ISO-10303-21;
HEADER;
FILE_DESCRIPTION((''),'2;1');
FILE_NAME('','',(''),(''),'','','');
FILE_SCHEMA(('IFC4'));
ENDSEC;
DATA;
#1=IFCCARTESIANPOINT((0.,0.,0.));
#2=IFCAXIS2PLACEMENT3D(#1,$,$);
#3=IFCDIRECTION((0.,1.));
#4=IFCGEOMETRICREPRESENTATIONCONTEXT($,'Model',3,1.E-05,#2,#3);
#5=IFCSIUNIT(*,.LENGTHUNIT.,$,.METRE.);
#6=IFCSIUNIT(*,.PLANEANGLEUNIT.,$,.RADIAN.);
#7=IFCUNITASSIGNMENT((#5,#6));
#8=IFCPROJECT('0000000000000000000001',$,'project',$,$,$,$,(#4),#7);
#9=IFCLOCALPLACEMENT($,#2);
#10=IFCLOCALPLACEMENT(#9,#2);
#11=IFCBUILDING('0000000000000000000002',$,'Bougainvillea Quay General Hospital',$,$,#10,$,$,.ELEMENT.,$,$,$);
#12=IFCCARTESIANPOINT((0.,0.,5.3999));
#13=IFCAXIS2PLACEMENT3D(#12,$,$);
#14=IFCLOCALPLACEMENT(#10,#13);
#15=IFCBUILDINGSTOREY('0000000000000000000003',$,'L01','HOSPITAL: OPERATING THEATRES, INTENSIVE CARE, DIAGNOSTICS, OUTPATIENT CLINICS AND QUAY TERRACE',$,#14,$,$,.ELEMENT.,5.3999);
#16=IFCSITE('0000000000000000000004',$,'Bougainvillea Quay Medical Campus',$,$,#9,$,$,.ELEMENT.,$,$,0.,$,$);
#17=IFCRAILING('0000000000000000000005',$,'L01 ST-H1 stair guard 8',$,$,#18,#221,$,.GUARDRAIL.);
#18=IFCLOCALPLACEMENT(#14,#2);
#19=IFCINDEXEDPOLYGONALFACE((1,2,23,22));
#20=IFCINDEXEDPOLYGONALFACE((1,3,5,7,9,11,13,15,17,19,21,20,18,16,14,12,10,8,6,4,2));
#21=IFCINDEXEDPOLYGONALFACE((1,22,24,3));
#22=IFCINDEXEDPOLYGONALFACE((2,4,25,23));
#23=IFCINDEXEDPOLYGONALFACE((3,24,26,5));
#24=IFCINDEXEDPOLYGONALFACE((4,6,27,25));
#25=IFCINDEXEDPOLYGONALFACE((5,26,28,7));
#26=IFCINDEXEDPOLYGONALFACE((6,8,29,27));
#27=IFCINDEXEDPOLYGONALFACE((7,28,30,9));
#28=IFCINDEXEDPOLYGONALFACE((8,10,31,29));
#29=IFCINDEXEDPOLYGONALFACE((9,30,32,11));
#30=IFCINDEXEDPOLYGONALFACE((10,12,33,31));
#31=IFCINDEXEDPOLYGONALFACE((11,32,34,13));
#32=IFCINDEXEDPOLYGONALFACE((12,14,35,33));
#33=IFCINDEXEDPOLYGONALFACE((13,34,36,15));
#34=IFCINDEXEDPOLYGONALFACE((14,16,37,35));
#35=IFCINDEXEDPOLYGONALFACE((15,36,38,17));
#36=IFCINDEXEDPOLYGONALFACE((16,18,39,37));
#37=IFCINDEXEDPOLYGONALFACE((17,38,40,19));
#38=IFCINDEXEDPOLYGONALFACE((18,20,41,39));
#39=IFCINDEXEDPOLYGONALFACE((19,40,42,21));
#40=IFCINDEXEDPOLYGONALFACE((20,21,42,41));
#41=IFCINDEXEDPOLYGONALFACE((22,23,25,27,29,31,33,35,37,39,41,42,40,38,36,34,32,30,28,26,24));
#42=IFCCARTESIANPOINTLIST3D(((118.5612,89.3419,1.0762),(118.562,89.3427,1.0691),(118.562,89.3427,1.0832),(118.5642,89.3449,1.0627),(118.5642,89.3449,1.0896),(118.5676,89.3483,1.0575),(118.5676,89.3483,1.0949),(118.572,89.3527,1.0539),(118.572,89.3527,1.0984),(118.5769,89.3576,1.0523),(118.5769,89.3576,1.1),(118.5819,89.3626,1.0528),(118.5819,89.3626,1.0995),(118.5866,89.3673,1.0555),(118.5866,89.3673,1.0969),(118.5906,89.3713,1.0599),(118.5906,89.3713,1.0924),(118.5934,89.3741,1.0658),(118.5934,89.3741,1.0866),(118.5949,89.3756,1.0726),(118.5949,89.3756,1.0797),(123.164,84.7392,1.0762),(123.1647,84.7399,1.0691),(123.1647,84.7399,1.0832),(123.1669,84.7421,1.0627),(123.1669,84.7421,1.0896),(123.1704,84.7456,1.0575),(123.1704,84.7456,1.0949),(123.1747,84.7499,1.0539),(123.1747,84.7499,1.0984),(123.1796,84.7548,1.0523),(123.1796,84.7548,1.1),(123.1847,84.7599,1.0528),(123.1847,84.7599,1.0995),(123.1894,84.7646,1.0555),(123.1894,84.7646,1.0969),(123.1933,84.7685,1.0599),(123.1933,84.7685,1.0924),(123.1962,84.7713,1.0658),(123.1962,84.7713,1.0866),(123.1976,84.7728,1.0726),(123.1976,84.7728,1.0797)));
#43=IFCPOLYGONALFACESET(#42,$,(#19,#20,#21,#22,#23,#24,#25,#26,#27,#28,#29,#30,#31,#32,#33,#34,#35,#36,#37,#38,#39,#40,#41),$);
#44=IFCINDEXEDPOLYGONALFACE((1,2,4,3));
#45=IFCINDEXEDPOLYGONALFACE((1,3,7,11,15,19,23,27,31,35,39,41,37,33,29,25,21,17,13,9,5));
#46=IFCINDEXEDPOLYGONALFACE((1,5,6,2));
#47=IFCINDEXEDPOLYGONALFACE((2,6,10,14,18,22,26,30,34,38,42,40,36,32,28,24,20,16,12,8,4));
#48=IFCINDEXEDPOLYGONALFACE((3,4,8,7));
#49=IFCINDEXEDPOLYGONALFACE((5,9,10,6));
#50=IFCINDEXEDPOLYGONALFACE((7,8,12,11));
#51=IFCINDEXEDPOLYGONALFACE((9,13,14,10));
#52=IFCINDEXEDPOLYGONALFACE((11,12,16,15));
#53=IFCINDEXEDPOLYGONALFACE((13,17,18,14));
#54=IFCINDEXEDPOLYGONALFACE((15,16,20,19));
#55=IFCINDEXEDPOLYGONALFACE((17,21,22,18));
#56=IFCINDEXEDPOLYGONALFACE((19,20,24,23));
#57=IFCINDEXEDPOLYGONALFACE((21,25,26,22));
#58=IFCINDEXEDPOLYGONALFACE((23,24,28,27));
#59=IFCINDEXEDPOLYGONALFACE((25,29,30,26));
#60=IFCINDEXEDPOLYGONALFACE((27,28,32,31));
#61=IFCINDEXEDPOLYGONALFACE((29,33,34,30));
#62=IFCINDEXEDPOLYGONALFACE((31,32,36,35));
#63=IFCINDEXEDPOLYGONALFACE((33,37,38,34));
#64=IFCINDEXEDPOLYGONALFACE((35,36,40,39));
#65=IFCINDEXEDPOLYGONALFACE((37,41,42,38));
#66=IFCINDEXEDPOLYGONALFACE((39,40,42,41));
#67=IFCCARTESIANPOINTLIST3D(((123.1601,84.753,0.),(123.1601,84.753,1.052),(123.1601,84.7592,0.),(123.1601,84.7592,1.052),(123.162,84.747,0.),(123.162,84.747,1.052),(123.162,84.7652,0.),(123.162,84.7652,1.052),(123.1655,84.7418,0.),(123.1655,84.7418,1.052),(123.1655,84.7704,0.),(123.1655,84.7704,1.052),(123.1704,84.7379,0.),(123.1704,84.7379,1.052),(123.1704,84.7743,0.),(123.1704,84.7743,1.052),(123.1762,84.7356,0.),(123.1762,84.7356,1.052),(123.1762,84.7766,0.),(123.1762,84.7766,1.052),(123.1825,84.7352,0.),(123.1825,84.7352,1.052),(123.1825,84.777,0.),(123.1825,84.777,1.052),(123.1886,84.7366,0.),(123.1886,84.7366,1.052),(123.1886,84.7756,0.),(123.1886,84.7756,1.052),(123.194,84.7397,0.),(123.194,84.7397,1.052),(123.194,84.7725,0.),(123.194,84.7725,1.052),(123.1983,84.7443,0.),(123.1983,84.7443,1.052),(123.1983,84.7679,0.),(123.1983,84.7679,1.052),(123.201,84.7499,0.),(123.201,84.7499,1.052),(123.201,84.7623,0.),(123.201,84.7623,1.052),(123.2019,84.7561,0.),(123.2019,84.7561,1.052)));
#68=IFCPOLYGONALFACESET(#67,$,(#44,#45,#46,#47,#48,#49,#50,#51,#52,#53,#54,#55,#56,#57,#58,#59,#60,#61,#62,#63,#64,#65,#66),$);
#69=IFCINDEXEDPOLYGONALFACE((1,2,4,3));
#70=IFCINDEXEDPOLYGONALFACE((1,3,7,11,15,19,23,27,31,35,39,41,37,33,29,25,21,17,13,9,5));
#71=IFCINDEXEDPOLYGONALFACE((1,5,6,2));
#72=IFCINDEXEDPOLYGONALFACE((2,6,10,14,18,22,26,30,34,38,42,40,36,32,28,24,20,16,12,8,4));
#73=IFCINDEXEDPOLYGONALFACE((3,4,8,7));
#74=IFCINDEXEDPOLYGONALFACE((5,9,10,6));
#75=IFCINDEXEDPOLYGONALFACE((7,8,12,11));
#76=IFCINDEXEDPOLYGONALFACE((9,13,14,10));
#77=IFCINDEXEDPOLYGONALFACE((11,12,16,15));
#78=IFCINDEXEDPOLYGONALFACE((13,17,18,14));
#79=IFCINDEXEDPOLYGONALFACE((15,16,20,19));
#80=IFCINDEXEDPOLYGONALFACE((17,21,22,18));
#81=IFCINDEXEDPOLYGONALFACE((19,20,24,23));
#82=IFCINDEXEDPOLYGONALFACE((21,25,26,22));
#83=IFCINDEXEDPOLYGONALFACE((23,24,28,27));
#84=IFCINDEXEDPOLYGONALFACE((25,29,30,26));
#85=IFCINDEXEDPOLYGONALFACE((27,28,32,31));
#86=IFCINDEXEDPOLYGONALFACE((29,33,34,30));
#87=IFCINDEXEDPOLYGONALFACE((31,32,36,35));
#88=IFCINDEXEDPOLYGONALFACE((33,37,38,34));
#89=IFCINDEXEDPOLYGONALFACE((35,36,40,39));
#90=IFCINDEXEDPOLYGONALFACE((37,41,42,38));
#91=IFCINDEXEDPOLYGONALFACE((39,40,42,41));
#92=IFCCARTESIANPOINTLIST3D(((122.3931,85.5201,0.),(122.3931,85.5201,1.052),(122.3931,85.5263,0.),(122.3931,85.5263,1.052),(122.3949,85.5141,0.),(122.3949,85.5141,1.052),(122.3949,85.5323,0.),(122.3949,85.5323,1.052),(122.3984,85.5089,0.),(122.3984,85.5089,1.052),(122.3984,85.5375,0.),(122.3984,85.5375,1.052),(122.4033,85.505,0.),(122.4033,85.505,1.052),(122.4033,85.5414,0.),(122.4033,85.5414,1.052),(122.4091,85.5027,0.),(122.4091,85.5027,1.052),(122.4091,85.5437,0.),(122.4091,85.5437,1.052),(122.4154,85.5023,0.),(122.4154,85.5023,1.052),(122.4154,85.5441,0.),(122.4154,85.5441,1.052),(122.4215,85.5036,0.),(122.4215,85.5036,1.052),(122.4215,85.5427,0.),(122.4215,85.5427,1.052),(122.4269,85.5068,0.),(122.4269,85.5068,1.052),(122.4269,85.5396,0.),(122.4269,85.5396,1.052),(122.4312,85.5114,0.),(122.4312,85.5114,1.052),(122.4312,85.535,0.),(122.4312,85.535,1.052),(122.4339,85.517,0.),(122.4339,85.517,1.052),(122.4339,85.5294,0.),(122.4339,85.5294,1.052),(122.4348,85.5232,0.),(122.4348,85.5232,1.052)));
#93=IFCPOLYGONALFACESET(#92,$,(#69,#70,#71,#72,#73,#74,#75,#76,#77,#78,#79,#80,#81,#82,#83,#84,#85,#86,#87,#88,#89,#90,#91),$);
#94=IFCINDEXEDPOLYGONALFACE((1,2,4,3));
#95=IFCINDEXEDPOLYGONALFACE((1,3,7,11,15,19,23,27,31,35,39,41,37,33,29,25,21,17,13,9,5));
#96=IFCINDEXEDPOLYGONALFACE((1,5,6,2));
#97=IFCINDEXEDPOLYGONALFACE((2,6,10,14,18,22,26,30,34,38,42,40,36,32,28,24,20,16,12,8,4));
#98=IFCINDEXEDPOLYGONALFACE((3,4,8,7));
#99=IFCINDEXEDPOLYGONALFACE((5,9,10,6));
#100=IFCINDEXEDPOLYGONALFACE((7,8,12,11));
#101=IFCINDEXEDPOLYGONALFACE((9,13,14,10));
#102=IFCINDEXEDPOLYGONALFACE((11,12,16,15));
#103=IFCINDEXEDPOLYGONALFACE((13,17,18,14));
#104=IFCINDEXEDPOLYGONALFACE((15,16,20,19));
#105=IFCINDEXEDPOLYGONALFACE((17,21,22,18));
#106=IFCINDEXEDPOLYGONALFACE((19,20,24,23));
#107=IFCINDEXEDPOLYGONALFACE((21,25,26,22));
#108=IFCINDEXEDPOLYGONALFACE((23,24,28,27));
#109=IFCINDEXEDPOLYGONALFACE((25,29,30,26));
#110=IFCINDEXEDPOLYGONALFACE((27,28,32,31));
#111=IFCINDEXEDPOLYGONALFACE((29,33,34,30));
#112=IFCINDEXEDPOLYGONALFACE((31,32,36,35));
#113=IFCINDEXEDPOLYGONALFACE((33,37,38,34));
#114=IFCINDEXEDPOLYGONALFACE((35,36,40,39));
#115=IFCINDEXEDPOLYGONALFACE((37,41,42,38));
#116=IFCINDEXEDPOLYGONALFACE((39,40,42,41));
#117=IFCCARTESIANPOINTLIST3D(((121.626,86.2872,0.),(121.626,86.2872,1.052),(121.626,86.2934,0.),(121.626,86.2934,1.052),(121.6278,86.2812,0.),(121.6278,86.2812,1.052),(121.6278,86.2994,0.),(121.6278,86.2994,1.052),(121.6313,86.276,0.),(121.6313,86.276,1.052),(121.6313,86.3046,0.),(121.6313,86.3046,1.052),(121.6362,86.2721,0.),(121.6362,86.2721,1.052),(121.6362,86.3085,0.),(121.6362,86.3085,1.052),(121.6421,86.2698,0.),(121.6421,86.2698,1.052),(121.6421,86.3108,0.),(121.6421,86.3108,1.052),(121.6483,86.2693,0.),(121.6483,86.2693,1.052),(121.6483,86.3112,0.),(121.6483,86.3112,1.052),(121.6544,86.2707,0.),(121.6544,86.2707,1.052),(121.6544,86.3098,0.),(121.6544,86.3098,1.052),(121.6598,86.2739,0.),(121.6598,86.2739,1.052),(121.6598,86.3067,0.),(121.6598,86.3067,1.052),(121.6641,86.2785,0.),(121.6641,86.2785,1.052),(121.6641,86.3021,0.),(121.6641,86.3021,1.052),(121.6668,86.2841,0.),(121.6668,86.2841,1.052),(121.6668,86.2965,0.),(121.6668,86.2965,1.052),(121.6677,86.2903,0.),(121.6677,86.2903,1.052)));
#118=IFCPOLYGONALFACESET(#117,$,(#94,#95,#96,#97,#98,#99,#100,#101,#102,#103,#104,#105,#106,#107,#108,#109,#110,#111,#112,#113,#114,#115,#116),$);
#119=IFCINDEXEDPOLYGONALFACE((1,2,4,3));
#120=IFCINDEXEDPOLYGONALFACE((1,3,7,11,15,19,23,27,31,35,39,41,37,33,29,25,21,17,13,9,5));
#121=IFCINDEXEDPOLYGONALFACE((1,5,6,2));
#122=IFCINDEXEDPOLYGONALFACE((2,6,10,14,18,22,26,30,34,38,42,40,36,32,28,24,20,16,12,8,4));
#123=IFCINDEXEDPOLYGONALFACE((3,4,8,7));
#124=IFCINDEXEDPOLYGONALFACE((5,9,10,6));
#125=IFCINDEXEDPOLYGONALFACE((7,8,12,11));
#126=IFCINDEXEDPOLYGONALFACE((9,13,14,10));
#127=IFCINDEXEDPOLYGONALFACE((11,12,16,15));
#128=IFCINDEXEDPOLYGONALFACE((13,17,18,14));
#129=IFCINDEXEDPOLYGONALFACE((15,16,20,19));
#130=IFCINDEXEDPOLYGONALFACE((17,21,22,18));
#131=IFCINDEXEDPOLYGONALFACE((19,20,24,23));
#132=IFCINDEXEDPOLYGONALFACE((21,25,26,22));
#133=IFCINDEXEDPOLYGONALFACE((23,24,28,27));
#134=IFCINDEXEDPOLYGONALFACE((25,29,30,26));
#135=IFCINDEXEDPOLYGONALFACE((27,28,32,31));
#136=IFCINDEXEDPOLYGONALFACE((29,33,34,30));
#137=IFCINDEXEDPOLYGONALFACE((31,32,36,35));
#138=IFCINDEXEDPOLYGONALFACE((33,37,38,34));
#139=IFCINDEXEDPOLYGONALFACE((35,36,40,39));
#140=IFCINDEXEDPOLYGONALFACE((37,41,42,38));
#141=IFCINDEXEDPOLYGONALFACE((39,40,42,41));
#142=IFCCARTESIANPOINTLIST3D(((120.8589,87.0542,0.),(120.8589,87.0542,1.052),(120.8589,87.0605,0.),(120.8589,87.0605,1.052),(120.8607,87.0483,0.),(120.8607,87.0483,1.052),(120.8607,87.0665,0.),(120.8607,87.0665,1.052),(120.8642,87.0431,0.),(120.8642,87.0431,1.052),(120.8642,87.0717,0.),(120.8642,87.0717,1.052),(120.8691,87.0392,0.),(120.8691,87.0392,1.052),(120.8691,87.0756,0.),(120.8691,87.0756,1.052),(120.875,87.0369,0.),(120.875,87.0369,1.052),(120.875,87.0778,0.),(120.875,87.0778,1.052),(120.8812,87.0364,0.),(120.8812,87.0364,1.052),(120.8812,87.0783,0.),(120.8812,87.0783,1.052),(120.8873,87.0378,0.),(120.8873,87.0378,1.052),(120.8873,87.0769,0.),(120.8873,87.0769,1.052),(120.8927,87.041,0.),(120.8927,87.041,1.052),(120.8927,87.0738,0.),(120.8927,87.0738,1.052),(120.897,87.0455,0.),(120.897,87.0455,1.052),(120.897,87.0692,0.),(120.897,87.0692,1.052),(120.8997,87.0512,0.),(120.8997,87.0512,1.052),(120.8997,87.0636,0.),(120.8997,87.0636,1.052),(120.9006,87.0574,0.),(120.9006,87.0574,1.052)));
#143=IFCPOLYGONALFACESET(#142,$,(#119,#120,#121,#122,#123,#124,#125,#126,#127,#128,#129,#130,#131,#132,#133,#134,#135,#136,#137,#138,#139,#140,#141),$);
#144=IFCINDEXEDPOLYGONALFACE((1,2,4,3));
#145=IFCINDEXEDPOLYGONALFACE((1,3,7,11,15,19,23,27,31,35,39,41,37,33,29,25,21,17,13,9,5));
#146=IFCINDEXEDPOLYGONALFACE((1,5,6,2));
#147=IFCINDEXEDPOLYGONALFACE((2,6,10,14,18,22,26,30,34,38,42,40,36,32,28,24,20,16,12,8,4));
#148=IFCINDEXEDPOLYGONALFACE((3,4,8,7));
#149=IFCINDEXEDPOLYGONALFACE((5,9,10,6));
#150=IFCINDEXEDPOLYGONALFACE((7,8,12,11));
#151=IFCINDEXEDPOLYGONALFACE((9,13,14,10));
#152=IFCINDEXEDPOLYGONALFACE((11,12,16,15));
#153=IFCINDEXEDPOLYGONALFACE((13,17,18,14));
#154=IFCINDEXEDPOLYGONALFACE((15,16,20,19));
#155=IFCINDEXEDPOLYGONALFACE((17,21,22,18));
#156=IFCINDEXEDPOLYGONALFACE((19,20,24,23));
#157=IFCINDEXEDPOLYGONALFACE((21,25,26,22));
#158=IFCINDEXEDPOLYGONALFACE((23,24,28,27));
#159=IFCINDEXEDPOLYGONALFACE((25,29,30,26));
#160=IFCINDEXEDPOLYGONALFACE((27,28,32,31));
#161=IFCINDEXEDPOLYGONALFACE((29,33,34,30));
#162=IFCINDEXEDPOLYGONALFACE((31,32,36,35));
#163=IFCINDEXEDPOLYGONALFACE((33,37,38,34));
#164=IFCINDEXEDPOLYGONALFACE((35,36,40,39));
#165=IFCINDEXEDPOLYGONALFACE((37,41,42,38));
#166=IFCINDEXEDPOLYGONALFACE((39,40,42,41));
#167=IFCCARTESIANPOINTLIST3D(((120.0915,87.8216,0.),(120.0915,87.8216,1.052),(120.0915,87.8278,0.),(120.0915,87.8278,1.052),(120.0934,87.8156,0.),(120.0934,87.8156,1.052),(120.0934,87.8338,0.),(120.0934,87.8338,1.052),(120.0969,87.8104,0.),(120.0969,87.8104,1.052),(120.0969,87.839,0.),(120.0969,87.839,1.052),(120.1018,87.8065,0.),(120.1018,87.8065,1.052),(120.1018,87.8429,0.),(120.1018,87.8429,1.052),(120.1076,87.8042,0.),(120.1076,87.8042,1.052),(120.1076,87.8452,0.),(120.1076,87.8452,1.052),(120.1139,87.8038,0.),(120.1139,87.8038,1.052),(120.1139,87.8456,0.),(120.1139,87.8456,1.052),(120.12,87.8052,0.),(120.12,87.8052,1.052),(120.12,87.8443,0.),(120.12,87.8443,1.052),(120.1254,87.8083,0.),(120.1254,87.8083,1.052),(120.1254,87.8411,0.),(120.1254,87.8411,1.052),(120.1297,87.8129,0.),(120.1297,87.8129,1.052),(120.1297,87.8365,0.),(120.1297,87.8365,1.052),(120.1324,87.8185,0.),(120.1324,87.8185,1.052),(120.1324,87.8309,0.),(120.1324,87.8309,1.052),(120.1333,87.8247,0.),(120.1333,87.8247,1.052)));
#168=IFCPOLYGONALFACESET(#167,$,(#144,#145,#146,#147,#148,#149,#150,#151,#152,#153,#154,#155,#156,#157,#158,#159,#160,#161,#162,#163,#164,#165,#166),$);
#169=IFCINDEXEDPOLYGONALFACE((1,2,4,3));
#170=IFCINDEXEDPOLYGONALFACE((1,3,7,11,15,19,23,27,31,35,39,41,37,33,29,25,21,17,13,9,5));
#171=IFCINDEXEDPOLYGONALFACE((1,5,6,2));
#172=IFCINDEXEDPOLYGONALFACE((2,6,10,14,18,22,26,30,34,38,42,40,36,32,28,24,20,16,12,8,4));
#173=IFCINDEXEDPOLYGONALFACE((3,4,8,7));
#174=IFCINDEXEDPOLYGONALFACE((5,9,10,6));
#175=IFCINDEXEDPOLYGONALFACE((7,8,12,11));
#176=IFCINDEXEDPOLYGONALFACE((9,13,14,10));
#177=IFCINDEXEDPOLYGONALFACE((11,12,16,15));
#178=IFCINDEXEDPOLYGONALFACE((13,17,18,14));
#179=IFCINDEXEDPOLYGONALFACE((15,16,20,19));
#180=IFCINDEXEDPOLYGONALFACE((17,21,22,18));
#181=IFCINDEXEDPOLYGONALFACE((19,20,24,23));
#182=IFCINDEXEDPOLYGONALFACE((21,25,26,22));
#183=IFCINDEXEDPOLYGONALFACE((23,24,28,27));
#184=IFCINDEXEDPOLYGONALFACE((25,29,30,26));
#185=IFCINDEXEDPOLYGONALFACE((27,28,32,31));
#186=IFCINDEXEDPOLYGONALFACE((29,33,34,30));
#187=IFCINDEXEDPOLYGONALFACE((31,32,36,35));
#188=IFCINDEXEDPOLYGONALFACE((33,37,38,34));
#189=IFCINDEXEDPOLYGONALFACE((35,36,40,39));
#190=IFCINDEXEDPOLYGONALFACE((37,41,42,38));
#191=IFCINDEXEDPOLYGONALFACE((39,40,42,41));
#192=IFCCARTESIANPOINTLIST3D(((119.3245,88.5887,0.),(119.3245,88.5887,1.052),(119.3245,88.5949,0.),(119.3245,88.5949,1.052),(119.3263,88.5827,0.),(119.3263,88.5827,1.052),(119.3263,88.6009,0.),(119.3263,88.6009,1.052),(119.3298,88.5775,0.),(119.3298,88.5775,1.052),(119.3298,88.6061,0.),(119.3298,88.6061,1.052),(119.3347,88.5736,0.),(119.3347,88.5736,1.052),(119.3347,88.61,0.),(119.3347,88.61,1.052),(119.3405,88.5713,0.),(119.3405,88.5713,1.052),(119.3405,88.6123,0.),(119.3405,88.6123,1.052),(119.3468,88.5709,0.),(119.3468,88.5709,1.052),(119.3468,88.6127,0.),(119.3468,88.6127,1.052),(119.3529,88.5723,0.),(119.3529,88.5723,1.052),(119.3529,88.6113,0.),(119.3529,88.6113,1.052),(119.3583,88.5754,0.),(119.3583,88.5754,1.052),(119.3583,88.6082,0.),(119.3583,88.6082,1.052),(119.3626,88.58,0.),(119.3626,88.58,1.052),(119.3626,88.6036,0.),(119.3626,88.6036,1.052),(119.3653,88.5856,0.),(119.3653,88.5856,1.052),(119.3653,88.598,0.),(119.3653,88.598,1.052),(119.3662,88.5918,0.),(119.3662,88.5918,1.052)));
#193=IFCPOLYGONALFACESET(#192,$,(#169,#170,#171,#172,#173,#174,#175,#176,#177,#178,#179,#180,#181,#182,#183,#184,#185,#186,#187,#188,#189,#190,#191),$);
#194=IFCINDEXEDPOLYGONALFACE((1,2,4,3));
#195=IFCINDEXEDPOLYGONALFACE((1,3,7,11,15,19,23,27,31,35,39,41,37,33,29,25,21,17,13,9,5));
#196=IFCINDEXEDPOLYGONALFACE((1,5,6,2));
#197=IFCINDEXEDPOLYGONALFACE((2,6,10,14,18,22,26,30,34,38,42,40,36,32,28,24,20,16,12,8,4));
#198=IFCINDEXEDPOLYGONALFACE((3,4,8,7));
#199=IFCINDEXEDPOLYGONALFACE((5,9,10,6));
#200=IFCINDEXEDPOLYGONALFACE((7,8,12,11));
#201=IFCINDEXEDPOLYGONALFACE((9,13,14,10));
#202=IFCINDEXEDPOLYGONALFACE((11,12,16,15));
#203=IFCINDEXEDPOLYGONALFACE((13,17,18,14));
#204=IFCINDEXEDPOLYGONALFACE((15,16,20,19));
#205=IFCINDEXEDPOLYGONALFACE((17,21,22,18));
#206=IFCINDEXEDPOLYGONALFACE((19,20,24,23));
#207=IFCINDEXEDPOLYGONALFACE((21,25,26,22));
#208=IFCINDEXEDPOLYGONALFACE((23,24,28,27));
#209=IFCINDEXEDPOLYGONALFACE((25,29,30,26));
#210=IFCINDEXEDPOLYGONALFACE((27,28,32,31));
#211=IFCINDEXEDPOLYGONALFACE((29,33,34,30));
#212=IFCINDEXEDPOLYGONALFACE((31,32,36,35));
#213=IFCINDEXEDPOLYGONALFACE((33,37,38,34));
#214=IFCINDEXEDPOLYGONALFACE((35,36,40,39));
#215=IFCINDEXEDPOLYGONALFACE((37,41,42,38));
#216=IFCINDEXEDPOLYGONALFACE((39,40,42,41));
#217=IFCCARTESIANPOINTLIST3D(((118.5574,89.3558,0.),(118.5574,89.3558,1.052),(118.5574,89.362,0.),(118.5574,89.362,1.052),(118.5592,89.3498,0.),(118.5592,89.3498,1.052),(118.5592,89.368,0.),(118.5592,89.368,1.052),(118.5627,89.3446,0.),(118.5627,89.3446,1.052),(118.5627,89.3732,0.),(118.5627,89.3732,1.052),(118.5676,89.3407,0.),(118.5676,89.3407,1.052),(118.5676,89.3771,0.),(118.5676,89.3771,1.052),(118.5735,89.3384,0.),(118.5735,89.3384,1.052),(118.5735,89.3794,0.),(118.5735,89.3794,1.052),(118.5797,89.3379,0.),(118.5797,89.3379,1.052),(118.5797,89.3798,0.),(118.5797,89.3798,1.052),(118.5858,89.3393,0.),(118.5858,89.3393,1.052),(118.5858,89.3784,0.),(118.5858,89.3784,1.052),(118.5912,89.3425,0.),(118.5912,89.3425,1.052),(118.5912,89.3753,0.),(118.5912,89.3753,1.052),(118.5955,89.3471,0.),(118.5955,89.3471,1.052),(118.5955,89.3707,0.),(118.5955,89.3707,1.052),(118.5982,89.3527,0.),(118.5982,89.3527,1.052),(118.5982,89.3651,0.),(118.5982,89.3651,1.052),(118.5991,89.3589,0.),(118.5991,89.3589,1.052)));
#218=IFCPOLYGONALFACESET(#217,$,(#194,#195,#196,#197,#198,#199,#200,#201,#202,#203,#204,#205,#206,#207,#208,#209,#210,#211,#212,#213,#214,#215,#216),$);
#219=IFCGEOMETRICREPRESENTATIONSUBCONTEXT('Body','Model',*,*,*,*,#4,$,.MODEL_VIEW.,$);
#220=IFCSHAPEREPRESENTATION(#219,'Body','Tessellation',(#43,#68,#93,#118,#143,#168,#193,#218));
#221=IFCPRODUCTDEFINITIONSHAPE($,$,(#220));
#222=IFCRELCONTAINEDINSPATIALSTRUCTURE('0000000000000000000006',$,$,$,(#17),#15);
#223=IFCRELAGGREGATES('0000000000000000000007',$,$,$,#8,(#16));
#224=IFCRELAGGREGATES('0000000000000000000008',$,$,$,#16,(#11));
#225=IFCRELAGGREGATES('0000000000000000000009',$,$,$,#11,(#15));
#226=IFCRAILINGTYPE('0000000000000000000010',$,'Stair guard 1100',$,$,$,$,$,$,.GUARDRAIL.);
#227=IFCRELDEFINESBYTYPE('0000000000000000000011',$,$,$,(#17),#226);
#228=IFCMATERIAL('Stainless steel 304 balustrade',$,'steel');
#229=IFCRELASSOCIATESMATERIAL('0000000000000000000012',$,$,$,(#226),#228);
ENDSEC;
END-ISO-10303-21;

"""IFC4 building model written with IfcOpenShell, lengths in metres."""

from ifc_helpers import new_model, si_unit, direction, frame, origin, origin_2d, place, context, subcontext, project, spatial, circle, extrude, material, type_object, element, save


model = new_model("IFC4")

# Units and contexts
model_context = context("Model", 3, precision=1e-05, world=origin(), true_north=direction((0.0, 1.0)))
body_context = subcontext(model_context, "Body", "Model", "MODEL_VIEW")
ifc_project = project(units=[si_unit("LENGTHUNIT", "METRE"), si_unit("PLANEANGLEUNIT", "RADIAN")], contexts=[model_context])

# Site, building, storey
site_placement = place(None, origin())
site = spatial("IfcSite", under=ifc_project, at=site_placement, Name="Bougainvillea Quay Medical Campus", CompositionType="ELEMENT", RefElevation=0.0)
building_placement = place(site_placement, origin())
building = spatial("IfcBuilding", under=site, at=building_placement, Name="Bougainvillea Quay General Hospital", CompositionType="ELEMENT")
storey_placement = place(building_placement, frame((0.0, 0.0, 5.3999)))
storey = spatial("IfcBuildingStorey", under=building, at=storey_placement, Name="L01", Description="HOSPITAL: OPERATING THEATRES, INTENSIVE CARE, DIAGNOSTICS, OUTPATIENT CLINICS AND QUAY TERRACE", CompositionType="ELEMENT", Elevation=5.3999)

# Railing
ifc_material_1 = material(Name="Stainless steel 304 balustrade", Category="steel")
railing_type = type_object("IfcRailingType", Name="Stair guard 1100", PredefinedType="GUARDRAIL", material=ifc_material_1)
railing_1_placement = place(storey_placement, frame((123.1809, 84.7561, 0.0)))
element("IfcRailing", 1, at=railing_1_placement, inside=storey, type_object=railing_type, Name="L01 ST-H1 stair guard 8", PredefinedType="GUARDRAIL", context=body_context, shape_type="SweptSolid", body=[
    extrude(circle(Radius=0.0239, at=origin_2d()), frame((0.0, 0.0, 1.0762), z_axis=(-0.707107, 0.707107, 0.0), x_axis=(-0.707107, -0.707107, 0.0)), (0.0, 0.0, 1.0), 6.5093),
    extrude(circle(Radius=0.021, at=origin_2d()), origin(), (0.0, 0.0, 1.0), 1.052),
    extrude(circle(Radius=0.021, at=origin_2d()), frame((-0.7671, 0.7671, 0.0)), (0.0, 0.0, 1.0), 1.052),
    extrude(circle(Radius=0.021, at=origin_2d()), frame((-1.5342, 1.5342, 0.0)), (0.0, 0.0, 1.0), 1.052),
    extrude(circle(Radius=0.021, at=origin_2d()), frame((-2.3013, 2.3013, 0.0)), (0.0, 0.0, 1.0), 1.052),
    extrude(circle(Radius=0.021, at=origin_2d()), frame((-3.0686, 3.0686, 0.0)), (0.0, 0.0, 1.0), 1.052),
    extrude(circle(Radius=0.021, at=origin_2d()), frame((-3.8357, 3.8357, 0.0)), (0.0, 0.0, 1.0), 1.052),
    extrude(circle(Radius=0.021, at=origin_2d()), frame((-4.6028, 4.6028, 0.0)), (0.0, 0.0, 1.0), 1.052),
])

save(model, "model.ifc")
